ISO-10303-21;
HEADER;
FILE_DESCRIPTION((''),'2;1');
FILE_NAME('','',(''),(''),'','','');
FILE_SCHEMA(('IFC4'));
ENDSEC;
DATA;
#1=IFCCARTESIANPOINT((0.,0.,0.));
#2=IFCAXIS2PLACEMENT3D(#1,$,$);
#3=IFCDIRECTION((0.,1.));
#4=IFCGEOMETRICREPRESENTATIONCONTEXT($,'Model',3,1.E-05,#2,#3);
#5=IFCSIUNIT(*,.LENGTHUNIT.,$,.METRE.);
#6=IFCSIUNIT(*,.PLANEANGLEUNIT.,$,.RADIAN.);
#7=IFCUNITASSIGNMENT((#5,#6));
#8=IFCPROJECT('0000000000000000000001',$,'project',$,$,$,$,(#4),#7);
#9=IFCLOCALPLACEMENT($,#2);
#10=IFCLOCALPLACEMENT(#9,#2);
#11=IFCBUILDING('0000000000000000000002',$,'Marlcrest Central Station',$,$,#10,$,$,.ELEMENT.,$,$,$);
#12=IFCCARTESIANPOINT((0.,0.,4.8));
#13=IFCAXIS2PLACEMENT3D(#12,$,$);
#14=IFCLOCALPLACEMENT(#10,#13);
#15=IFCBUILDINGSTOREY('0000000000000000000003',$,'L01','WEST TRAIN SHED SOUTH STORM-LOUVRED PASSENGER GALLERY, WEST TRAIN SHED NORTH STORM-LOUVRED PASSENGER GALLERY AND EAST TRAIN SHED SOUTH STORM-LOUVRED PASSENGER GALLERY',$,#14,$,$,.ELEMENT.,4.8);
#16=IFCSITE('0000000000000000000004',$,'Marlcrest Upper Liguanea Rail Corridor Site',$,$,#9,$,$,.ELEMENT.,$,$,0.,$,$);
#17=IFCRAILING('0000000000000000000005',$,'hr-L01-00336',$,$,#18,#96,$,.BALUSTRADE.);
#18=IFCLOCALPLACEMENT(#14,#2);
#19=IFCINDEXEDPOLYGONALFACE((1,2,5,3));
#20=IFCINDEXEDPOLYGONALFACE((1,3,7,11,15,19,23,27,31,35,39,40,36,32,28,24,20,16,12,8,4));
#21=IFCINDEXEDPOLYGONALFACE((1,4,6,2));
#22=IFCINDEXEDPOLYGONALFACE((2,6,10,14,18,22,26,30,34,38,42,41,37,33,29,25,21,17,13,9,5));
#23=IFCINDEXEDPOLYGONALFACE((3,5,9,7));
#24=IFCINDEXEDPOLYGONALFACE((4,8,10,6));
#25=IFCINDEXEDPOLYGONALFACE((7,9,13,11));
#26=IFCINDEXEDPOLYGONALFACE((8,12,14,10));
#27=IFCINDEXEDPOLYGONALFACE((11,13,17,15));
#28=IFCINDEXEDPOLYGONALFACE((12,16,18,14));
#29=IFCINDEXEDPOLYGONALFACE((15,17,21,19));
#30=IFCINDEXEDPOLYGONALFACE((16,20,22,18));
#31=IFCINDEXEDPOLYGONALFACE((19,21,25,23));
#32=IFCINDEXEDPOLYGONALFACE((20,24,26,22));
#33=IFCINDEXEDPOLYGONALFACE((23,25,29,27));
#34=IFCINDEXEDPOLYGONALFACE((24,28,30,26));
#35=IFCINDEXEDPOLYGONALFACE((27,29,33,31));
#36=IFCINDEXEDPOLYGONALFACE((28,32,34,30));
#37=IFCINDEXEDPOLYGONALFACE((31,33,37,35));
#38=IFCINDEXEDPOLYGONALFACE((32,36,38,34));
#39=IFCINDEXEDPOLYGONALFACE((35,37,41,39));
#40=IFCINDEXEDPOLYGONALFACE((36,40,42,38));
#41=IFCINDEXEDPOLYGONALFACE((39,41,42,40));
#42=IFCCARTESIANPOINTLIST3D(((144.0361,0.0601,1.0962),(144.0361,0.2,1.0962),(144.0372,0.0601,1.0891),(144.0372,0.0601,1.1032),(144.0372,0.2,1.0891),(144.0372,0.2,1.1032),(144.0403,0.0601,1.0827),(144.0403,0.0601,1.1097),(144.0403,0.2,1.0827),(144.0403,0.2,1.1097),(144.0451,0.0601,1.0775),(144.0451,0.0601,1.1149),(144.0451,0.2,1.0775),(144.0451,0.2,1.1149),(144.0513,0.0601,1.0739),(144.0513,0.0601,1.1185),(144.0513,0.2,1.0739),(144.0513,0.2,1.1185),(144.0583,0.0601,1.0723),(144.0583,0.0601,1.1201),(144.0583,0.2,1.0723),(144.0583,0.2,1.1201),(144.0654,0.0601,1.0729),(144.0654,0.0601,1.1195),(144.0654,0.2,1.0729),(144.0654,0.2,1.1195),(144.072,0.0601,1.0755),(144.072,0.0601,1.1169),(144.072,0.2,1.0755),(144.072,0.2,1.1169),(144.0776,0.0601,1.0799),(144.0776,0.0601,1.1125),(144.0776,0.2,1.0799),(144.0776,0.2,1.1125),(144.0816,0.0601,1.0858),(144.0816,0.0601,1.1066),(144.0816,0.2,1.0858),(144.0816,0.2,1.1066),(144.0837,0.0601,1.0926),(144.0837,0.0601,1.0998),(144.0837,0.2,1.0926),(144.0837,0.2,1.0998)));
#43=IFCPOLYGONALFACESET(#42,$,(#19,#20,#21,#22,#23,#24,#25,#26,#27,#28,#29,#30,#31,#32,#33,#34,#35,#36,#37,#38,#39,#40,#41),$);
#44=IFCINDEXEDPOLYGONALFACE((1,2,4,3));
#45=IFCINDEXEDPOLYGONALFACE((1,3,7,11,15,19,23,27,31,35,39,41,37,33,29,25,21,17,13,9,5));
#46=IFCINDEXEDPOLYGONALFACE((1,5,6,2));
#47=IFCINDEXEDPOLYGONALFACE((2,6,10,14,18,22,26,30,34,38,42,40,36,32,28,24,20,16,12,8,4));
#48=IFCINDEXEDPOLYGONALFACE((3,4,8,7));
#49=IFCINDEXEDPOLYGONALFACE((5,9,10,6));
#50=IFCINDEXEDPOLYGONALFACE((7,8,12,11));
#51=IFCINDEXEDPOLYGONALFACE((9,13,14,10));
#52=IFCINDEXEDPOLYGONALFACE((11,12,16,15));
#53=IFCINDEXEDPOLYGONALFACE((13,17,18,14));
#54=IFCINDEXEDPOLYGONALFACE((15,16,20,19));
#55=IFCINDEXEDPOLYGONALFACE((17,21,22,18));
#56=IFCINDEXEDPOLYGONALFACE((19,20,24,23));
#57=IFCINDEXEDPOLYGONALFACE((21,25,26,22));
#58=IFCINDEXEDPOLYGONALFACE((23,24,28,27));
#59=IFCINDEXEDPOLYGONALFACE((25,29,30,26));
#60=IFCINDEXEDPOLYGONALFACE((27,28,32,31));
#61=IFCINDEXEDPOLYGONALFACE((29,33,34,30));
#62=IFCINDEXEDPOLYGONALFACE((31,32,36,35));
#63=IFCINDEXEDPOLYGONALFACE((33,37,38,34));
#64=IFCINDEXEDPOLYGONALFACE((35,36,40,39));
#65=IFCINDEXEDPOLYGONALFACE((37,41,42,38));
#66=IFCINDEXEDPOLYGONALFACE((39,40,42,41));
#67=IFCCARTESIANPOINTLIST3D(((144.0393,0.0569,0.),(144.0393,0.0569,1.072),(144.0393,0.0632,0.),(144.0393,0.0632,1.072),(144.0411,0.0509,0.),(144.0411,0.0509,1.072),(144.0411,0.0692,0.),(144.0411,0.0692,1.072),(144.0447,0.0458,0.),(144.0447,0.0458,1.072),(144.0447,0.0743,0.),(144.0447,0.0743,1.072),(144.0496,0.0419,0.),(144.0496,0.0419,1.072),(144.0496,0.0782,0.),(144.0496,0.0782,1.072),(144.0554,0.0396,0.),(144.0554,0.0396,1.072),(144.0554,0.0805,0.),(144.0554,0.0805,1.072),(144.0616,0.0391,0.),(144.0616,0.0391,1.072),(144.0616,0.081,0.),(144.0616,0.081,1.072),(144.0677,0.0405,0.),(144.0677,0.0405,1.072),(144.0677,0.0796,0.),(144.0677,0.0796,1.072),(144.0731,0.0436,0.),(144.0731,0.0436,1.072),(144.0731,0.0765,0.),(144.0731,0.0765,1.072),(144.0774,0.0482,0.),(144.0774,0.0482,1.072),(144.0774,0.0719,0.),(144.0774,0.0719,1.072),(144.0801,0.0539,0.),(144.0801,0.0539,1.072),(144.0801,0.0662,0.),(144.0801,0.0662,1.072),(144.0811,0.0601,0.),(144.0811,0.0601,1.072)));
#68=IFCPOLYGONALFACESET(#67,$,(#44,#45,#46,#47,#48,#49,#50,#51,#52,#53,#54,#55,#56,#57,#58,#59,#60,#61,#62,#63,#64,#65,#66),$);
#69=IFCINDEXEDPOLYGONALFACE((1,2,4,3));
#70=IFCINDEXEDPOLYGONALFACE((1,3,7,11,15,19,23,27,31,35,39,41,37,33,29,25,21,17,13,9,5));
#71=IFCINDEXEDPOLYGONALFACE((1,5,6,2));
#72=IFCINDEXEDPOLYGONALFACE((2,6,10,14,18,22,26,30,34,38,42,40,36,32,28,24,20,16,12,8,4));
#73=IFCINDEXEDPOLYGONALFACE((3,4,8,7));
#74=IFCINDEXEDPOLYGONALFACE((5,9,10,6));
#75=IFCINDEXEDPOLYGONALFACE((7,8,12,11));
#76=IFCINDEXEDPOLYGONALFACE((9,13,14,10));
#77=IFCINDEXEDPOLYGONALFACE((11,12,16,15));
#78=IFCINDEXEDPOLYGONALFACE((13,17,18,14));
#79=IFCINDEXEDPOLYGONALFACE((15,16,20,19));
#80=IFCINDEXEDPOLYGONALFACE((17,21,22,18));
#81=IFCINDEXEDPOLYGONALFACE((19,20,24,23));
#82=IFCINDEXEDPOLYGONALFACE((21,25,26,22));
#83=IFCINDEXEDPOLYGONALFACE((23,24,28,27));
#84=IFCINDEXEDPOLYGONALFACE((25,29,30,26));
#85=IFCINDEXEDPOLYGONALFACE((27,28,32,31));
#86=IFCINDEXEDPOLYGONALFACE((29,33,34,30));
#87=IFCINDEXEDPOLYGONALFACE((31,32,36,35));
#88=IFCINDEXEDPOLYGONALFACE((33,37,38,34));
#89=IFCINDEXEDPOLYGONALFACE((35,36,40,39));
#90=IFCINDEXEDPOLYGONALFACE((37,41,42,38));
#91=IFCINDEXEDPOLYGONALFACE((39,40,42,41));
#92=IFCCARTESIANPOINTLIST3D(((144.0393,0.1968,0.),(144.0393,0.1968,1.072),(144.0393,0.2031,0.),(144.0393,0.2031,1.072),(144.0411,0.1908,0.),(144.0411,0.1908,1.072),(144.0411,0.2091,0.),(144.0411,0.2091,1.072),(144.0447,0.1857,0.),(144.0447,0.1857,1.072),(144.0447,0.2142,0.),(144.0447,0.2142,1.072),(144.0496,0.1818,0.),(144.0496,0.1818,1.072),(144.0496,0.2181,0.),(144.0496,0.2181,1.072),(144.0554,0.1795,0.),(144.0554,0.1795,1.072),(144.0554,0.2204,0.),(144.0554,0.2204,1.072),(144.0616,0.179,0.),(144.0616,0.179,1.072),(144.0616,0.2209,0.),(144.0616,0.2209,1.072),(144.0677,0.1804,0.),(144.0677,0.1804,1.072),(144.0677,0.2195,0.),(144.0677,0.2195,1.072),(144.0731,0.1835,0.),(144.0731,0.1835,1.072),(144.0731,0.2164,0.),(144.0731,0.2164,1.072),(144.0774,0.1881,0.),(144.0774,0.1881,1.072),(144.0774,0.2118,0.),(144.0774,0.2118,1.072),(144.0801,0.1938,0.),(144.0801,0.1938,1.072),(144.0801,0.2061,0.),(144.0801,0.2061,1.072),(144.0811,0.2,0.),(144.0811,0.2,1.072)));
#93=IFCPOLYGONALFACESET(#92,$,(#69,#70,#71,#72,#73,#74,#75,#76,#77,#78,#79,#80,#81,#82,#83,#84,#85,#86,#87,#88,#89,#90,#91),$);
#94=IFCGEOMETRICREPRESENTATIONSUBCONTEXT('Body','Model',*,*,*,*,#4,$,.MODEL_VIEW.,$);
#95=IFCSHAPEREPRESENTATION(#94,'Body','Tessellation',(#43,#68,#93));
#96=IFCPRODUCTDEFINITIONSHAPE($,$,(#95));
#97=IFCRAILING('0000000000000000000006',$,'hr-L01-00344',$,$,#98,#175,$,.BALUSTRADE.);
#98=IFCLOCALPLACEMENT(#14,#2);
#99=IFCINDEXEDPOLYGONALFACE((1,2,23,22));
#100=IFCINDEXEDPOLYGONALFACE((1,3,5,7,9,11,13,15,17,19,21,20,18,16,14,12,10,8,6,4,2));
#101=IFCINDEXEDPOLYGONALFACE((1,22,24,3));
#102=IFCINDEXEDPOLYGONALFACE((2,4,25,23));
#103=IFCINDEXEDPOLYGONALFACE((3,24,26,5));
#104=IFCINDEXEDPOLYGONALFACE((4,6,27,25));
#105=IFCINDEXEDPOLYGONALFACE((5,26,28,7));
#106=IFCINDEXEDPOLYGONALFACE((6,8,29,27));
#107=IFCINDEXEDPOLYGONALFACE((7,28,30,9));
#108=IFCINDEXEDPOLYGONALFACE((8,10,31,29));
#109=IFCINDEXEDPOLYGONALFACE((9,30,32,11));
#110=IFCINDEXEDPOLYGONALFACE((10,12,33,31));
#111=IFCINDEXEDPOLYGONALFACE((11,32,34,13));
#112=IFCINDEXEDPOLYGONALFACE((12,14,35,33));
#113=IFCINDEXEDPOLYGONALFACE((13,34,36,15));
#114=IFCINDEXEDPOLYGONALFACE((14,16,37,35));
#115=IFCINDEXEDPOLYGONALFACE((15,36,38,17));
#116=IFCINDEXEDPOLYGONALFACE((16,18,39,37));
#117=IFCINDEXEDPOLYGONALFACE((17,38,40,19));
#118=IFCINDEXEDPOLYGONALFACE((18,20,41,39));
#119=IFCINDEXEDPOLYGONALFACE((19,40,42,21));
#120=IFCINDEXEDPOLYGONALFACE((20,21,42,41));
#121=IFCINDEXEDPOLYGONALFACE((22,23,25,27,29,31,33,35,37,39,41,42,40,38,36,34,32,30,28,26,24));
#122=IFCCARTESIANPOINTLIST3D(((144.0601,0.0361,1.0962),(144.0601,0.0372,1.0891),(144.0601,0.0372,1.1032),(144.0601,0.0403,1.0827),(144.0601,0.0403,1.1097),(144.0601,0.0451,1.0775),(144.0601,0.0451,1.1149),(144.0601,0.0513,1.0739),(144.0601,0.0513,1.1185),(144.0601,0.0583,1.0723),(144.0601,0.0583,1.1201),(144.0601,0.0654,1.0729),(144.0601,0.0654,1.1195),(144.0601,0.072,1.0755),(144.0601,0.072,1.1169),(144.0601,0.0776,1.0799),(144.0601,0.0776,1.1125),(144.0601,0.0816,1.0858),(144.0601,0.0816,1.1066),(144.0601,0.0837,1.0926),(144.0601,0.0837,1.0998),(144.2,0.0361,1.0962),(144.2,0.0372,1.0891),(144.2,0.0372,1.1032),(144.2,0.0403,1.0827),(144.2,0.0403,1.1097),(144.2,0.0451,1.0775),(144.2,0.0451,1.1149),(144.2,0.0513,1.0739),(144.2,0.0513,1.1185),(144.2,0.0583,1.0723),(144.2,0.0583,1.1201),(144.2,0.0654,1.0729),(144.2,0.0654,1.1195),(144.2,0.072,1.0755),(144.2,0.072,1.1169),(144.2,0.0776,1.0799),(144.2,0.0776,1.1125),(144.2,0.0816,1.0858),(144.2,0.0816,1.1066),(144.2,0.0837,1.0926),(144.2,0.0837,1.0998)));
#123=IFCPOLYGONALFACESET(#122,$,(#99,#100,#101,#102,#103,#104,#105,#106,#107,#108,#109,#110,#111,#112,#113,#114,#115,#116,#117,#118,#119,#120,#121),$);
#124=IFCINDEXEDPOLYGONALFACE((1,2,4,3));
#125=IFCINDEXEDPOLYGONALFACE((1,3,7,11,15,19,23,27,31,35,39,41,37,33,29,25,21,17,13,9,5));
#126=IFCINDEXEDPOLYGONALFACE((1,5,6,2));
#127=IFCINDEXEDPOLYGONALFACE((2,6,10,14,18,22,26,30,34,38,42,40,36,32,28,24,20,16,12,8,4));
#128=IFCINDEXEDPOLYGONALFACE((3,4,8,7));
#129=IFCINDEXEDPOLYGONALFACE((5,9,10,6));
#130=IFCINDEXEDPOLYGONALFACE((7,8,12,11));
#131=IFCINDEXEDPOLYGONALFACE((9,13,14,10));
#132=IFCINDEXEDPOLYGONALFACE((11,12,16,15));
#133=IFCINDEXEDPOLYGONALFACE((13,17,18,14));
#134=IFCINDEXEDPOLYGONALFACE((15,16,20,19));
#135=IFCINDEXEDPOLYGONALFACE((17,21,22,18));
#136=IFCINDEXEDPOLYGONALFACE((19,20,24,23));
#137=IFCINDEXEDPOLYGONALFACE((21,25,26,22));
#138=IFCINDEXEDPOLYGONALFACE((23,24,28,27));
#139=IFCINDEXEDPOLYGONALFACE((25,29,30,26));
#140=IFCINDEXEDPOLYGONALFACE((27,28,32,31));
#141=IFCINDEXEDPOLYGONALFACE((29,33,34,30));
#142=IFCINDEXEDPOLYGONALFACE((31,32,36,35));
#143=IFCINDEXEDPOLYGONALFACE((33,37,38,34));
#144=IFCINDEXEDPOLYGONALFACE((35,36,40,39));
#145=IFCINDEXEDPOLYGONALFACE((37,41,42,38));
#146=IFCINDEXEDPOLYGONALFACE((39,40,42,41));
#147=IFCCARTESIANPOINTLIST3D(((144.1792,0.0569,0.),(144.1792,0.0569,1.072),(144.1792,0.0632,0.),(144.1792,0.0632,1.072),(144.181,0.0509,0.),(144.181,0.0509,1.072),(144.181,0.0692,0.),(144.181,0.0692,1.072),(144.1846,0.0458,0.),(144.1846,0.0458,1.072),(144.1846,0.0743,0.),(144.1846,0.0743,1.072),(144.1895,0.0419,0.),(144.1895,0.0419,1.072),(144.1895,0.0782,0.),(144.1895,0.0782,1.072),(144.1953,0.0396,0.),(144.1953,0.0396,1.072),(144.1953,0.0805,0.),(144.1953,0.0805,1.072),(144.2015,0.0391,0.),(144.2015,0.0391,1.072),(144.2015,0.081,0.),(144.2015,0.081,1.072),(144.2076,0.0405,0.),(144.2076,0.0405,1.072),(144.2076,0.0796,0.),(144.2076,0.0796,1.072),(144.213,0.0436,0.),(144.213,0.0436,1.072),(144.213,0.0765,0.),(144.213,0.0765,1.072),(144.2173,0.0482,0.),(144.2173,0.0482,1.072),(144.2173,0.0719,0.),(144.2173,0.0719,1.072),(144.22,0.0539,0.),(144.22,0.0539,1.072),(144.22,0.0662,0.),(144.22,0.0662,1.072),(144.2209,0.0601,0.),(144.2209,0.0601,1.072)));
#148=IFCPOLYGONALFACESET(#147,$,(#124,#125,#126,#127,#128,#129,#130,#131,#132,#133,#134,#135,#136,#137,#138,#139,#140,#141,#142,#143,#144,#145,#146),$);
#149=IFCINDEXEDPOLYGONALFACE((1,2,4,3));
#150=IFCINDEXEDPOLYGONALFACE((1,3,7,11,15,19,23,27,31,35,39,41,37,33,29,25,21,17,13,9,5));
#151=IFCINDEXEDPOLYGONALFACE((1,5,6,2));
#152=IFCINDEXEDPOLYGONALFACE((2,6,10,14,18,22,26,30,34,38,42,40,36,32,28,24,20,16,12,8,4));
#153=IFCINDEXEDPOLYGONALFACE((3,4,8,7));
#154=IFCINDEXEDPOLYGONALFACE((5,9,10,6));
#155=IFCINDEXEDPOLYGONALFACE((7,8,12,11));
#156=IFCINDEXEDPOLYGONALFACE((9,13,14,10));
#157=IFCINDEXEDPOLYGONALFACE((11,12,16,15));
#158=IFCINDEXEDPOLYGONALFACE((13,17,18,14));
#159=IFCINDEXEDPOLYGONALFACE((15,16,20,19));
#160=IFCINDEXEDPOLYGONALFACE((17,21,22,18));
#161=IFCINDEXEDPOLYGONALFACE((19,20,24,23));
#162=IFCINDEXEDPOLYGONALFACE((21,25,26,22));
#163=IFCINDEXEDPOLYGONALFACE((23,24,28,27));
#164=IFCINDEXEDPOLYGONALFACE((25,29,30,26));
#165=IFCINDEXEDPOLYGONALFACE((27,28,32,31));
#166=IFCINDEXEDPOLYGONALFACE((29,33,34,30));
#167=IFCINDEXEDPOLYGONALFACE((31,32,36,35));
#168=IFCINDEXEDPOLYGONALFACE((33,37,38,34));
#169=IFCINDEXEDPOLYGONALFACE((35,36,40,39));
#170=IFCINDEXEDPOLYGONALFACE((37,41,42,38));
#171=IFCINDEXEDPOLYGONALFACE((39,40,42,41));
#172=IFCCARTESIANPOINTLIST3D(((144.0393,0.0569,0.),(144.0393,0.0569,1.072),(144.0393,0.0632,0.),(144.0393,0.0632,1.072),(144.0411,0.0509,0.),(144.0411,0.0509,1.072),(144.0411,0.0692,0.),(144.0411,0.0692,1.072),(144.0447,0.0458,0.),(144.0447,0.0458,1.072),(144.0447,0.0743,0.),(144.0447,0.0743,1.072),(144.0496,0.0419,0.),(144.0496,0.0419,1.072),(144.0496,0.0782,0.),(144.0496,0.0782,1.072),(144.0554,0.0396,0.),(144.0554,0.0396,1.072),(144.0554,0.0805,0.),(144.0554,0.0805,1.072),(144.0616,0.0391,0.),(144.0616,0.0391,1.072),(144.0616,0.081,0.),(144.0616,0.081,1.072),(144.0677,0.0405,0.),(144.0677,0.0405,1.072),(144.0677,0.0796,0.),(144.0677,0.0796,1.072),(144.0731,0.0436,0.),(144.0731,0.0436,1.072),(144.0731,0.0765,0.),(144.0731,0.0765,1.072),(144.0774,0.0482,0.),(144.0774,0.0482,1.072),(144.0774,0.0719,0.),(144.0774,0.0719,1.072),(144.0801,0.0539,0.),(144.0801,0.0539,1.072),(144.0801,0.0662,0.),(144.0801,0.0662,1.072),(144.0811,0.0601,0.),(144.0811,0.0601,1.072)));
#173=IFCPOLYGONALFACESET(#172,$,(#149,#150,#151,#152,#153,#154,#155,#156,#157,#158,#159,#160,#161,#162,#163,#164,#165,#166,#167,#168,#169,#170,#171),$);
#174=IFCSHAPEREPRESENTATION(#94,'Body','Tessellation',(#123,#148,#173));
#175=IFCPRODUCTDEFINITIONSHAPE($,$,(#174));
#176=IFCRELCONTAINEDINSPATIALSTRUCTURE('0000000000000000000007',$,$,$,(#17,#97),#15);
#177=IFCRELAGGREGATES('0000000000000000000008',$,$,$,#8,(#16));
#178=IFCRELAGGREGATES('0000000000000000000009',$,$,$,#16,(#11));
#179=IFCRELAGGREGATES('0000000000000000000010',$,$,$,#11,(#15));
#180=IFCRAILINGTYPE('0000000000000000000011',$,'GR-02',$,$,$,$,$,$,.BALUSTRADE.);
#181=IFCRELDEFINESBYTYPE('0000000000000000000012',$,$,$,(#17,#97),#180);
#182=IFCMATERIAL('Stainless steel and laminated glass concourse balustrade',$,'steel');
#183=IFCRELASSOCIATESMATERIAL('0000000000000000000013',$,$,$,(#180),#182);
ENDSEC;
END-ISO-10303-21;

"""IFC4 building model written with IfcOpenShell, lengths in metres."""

from ifc_helpers import new_model, si_unit, direction, frame, origin, origin_2d, place, context, subcontext, project, spatial, circle, extrude, material, type_object, element, save


model = new_model("IFC4")

# Units and contexts
model_context = context("Model", 3, precision=1e-05, world=origin(), true_north=direction((0.0, 1.0)))
body_context = subcontext(model_context, "Body", "Model", "MODEL_VIEW")
ifc_project = project(units=[si_unit("LENGTHUNIT", "METRE"), si_unit("PLANEANGLEUNIT", "RADIAN")], contexts=[model_context])

# Site, building, storey
site_placement = place(None, origin())
site = spatial("IfcSite", under=ifc_project, at=site_placement, Name="Marlcrest Upper Liguanea Rail Corridor Site", CompositionType="ELEMENT", RefElevation=0.0)
building_placement = place(site_placement, origin())
building = spatial("IfcBuilding", under=site, at=building_placement, Name="Marlcrest Central Station", CompositionType="ELEMENT")
storey_placement = place(building_placement, frame((0.0, 0.0, 4.8)))
storey = spatial("IfcBuildingStorey", under=building, at=storey_placement, Name="L01", Description="WEST TRAIN SHED SOUTH STORM-LOUVRED PASSENGER GALLERY, WEST TRAIN SHED NORTH STORM-LOUVRED PASSENGER GALLERY AND EAST TRAIN SHED SOUTH STORM-LOUVRED PASSENGER GALLERY", CompositionType="ELEMENT", Elevation=4.8)

# Railings
ifc_material_1 = material(Name="Stainless steel and laminated glass concourse balustrade", Category="steel")
railing_type = type_object("IfcRailingType", Name="GR-02", PredefinedType="BALUSTRADE", material=ifc_material_1)
railing_1_placement = place(storey_placement, frame((144.0601, 0.0601, 0.0)))
element("IfcRailing", 1, at=railing_1_placement, inside=storey, type_object=railing_type, Name="hr-L01-00336", PredefinedType="BALUSTRADE", context=body_context, shape_type="SweptSolid", body=[
    extrude(circle(Radius=0.0239, at=origin_2d()), frame((0.0, 0.0, 1.0962), z_axis=(0.0, 1.0, 0.0), x_axis=(-1.0, 0.0, 0.0)), (0.0, 0.0, 1.0), 0.1399),
    extrude(circle(Radius=0.021, at=origin_2d()), origin(), (0.0, 0.0, 1.0), 1.072),
    extrude(circle(Radius=0.021, at=origin_2d()), frame((0.0, 0.1399, 0.0)), (0.0, 0.0, 1.0), 1.072),
])
railing_2_placement = place(storey_placement, frame((144.2, 0.0601, 0.0)))
element("IfcRailing", 2, at=railing_2_placement, inside=storey, type_object=railing_type, Name="hr-L01-00344", PredefinedType="BALUSTRADE", context=body_context, shape_type="SweptSolid", body=[
    extrude(circle(Radius=0.0239, at=origin_2d()), frame((0.0, 0.0, 1.0962), z_axis=(-1.0, 0.0, 0.0), x_axis=(0.0, -1.0, 0.0)), (0.0, 0.0, 1.0), 0.1399),
    extrude(circle(Radius=0.021, at=origin_2d()), origin(), (0.0, 0.0, 1.0), 1.072),
    extrude(circle(Radius=0.021, at=origin_2d()), frame((-0.1399, 0.0, 0.0)), (0.0, 0.0, 1.0), 1.072),
])

save(model, "model.ifc")
